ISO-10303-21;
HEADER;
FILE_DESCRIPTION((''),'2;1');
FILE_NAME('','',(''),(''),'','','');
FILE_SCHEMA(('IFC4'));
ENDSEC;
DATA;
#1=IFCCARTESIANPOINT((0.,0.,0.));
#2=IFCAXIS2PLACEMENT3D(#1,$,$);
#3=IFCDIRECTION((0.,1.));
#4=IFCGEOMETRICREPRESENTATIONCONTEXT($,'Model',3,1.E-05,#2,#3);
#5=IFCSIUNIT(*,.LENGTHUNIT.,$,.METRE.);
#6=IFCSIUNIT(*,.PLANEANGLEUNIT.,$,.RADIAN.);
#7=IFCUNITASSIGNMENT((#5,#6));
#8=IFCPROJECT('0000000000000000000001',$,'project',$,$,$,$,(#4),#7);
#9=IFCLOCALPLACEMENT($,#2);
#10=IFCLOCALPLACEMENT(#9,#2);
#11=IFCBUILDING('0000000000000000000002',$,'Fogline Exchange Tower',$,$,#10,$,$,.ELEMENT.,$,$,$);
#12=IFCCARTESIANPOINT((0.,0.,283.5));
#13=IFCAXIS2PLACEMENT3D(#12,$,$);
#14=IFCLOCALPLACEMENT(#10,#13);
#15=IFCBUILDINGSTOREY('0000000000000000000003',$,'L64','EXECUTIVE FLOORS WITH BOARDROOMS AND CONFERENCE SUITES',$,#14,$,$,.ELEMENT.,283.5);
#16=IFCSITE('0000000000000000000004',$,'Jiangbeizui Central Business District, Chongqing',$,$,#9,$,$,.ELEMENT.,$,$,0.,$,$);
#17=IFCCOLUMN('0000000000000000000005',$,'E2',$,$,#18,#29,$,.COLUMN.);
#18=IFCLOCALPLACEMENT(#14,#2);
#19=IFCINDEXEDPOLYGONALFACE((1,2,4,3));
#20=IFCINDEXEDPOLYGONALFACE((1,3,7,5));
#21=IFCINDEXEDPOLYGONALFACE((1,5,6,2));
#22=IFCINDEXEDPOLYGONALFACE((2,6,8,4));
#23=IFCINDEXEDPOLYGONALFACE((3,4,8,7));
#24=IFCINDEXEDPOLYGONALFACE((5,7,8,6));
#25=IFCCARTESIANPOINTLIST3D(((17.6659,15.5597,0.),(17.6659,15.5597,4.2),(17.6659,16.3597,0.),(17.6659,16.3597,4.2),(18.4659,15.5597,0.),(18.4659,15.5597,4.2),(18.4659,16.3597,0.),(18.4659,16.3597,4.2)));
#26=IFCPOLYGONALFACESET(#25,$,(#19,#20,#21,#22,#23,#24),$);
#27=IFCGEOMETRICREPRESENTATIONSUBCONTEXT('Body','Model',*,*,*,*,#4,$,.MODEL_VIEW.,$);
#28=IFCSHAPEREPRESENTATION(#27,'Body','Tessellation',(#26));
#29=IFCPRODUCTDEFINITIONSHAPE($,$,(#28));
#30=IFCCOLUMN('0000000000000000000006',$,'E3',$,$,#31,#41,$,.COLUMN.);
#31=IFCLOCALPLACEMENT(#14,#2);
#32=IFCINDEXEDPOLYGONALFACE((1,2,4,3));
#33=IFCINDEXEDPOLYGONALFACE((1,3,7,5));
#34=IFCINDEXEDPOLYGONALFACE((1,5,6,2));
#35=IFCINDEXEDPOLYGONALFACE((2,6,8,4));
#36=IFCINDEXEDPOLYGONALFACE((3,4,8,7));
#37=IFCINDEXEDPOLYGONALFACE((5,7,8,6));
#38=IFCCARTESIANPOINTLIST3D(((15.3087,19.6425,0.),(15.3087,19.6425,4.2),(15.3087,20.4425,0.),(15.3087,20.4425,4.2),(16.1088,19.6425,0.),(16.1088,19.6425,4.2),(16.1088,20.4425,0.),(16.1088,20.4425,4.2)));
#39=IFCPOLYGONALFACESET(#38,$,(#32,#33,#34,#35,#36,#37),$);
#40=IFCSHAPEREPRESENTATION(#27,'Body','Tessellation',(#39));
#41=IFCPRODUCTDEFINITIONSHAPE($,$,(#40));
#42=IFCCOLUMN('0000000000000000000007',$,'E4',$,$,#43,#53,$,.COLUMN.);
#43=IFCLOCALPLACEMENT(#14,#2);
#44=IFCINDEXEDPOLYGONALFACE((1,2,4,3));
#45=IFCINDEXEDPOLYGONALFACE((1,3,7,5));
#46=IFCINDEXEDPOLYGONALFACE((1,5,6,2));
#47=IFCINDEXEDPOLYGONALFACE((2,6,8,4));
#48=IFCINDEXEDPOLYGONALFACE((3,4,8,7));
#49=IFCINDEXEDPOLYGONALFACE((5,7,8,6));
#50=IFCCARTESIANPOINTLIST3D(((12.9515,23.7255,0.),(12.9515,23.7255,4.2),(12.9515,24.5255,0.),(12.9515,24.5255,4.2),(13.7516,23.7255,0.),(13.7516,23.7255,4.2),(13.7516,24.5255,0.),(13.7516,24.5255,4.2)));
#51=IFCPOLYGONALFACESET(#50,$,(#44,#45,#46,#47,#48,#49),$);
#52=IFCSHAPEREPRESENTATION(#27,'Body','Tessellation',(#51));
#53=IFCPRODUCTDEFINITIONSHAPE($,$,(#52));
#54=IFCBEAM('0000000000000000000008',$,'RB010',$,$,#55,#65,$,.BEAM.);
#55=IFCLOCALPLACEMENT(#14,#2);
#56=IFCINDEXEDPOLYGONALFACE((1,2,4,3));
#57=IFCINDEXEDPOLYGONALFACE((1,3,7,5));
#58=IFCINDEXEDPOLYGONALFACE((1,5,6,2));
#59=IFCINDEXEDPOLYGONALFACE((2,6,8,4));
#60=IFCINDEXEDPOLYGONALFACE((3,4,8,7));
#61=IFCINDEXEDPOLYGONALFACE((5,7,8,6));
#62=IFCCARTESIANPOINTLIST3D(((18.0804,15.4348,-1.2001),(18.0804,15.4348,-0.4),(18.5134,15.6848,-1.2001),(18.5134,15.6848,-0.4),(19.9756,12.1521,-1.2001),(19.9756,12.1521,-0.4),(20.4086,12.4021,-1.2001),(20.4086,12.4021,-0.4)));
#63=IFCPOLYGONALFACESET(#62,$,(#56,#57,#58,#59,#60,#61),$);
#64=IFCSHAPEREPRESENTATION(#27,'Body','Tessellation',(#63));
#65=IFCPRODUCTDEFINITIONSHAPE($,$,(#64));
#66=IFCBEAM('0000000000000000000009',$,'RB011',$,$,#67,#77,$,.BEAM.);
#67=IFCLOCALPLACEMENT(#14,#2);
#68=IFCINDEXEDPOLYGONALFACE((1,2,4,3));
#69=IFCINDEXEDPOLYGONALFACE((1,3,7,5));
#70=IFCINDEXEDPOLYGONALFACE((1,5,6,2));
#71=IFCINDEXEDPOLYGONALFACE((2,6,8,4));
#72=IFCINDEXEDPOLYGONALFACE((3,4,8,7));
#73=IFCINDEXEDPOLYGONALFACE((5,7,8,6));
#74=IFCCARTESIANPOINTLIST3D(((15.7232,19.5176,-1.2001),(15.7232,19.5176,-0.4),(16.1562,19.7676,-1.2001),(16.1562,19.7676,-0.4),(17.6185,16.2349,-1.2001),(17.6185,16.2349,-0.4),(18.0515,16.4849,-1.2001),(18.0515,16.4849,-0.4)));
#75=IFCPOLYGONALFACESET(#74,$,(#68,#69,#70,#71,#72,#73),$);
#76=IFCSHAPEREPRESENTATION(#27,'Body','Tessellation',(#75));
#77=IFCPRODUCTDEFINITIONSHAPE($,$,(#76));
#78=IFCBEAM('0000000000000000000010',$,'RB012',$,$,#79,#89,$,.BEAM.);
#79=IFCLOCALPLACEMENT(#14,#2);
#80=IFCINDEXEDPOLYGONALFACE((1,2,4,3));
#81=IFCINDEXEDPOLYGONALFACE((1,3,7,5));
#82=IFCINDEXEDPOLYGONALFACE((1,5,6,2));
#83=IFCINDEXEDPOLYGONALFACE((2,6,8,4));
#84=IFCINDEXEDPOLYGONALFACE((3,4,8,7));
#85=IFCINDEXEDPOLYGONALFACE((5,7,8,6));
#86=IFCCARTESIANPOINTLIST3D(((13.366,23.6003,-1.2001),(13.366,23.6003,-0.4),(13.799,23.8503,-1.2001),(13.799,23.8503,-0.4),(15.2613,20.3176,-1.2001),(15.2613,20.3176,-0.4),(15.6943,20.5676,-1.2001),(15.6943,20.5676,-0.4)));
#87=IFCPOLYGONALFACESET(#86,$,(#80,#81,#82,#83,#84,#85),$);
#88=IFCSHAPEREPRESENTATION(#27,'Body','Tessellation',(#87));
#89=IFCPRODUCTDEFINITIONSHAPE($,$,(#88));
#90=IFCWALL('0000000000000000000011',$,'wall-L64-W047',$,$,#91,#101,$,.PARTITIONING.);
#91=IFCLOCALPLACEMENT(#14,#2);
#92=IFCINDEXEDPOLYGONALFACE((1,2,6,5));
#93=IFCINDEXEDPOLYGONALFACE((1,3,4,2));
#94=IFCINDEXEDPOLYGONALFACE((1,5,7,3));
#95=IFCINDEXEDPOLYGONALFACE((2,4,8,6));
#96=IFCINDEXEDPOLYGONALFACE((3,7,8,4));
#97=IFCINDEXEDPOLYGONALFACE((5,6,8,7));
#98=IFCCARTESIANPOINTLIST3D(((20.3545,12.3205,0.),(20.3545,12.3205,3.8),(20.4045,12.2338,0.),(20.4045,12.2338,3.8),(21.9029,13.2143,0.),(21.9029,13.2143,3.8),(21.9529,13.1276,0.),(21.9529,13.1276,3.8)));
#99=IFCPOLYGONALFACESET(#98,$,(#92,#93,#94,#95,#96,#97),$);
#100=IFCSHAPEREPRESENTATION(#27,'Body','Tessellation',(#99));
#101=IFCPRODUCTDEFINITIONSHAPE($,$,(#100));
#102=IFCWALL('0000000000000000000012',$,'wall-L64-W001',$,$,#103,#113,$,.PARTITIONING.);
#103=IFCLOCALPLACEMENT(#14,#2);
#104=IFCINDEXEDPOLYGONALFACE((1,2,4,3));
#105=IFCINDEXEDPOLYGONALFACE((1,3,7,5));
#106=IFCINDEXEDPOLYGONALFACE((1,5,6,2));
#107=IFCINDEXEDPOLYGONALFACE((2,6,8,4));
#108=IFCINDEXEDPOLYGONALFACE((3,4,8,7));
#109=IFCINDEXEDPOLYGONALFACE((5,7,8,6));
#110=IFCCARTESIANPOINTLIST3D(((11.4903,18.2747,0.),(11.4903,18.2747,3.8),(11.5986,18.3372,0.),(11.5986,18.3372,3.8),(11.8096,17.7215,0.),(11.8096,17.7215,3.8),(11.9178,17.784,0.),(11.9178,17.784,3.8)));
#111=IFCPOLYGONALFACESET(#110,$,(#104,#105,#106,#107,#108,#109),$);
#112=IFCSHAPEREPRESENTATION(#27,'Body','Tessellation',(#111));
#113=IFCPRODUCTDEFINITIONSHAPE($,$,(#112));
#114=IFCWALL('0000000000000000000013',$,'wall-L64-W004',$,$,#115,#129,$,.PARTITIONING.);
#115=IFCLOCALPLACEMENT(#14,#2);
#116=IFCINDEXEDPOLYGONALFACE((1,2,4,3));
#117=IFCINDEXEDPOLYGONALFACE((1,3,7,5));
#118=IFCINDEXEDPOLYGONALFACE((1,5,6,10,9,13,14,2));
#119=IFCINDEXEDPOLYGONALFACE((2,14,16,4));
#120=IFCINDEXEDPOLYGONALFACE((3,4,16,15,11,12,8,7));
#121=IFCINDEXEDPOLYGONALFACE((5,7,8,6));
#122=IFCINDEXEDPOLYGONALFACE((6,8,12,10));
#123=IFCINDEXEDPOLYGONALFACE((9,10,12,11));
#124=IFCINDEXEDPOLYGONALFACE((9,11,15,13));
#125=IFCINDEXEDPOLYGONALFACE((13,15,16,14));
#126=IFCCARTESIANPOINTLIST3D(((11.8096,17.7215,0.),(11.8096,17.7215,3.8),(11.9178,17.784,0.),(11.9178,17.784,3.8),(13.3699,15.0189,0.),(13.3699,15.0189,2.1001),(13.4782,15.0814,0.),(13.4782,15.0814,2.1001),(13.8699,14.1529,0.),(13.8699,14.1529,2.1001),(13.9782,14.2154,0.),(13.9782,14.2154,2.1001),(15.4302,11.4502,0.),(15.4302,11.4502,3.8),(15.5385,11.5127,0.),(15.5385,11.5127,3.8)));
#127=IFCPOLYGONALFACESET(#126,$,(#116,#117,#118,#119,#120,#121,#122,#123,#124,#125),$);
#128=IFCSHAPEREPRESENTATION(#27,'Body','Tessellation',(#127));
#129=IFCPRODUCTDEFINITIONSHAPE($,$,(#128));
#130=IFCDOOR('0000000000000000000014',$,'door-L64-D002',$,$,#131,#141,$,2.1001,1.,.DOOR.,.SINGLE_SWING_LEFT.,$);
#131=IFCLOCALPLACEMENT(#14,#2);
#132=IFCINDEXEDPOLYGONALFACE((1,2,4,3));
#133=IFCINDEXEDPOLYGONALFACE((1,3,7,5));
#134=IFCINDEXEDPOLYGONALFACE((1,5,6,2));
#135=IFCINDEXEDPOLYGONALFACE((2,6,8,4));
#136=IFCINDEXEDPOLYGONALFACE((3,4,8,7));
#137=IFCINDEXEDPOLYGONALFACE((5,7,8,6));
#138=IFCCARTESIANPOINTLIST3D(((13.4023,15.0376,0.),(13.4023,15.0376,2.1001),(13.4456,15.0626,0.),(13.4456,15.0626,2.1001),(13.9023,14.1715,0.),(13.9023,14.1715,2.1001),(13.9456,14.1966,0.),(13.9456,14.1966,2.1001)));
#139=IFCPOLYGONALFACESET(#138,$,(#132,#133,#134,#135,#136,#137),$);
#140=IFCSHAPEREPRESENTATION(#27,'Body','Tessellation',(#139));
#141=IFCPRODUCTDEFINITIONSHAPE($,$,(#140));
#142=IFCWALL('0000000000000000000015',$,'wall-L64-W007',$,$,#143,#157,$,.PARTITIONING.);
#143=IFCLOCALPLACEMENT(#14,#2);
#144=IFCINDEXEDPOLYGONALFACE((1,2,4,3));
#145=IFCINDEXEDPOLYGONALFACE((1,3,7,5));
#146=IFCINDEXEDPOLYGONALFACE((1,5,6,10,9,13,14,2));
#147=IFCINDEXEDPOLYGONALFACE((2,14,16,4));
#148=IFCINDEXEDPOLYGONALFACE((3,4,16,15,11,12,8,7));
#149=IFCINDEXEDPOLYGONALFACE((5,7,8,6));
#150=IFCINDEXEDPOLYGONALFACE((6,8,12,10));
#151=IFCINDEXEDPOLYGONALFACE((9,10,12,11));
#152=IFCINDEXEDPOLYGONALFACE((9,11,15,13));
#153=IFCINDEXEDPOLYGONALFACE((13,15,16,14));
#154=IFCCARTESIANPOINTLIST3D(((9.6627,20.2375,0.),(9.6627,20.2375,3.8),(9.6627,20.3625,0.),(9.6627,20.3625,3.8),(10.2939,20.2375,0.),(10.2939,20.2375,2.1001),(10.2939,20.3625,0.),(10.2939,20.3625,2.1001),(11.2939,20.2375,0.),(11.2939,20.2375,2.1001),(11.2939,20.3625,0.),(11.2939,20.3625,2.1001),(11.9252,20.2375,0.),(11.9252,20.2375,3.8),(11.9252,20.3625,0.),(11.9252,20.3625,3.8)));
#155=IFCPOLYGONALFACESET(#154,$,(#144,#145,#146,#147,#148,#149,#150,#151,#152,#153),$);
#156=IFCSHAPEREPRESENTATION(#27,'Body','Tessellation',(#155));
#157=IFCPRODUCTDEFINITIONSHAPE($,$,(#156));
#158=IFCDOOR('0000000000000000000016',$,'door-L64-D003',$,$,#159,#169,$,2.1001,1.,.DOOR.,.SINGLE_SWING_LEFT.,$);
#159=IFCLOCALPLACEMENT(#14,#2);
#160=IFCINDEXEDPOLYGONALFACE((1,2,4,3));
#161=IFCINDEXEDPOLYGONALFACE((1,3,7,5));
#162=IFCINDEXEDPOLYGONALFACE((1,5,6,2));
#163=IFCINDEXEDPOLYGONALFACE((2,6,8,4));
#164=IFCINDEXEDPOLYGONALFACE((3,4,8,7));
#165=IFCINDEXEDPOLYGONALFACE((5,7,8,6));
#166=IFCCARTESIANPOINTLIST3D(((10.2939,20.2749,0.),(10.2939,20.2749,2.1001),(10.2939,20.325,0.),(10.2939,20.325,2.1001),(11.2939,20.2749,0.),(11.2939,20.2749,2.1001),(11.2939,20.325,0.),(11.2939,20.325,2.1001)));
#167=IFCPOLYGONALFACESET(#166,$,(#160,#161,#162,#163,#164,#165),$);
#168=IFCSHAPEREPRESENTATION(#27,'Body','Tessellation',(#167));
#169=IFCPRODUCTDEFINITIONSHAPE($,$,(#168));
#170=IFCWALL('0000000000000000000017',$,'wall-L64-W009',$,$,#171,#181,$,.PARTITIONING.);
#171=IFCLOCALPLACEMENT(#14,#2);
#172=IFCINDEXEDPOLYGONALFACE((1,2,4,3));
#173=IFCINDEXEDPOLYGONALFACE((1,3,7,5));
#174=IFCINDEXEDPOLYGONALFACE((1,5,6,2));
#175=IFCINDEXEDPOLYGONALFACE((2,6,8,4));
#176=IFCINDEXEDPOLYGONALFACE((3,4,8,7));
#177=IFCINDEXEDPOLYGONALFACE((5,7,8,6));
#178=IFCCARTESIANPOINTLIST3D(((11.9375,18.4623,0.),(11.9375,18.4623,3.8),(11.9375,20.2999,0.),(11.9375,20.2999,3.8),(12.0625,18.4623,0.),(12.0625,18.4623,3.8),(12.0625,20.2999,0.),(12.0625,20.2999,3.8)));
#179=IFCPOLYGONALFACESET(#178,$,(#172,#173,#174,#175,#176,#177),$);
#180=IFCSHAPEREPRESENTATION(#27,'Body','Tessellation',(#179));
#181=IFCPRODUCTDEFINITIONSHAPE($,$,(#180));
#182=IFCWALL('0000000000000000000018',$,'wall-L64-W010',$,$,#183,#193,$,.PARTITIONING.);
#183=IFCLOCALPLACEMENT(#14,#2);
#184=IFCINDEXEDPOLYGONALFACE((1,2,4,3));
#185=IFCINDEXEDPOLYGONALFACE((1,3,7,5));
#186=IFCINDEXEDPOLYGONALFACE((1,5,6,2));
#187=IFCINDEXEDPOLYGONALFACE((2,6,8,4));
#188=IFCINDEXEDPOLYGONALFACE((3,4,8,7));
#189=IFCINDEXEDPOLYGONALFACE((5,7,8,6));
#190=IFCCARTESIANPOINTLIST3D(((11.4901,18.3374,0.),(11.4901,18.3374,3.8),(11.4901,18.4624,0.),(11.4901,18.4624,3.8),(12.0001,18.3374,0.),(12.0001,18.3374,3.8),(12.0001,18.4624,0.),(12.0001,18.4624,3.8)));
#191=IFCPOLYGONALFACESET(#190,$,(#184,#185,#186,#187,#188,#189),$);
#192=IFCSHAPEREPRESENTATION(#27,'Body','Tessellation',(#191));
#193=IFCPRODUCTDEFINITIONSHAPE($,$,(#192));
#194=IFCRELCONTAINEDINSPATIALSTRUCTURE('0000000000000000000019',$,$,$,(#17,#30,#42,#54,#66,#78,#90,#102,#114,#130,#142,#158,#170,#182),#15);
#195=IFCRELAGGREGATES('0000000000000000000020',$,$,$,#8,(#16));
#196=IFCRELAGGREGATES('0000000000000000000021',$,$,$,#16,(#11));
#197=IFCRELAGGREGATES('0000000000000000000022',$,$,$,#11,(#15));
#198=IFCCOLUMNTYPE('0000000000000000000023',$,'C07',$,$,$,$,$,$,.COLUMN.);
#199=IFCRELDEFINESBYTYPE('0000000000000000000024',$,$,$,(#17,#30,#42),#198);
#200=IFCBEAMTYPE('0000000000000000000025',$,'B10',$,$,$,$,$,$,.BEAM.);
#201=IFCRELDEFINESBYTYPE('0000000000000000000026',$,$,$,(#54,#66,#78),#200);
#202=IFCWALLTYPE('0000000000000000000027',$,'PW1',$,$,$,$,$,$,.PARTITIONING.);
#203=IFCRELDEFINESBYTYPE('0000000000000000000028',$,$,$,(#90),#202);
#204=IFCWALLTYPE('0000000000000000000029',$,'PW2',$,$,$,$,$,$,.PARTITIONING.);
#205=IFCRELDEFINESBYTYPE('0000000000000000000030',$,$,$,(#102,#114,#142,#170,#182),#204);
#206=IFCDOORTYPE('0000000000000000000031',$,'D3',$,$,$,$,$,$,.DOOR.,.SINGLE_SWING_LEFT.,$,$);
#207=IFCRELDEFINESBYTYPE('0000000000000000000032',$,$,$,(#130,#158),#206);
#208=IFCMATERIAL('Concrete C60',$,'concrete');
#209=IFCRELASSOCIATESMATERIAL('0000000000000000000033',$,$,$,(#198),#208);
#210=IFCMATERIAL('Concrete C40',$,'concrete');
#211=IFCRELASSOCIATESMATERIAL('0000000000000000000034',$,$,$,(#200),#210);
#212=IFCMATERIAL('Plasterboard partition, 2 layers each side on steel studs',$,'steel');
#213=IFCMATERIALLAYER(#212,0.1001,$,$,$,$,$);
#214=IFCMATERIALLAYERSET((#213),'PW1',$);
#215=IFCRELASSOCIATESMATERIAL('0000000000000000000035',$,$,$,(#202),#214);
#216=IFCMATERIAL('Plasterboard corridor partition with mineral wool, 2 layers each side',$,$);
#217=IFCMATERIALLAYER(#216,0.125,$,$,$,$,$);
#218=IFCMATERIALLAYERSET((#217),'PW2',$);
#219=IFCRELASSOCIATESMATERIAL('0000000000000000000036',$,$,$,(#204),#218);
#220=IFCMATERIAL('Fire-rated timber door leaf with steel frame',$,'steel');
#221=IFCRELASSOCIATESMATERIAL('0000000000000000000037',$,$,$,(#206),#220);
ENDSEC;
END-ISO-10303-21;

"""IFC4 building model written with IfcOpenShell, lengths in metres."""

from ifc_helpers import new_model, si_unit, direction, frame, frame_2d, origin, origin_2d, place, context, subcontext, project, spatial, rectangle, extrude, material, layer, layer_set, material_profile, profile_set, type_object, element, fill, save


model = new_model("IFC4")

# Units and contexts
model_context = context("Model", 3, precision=1e-05, world=origin(), true_north=direction((0.0, 1.0)))
body_context = subcontext(model_context, "Body", "Model", "MODEL_VIEW")
ifc_project = project(units=[si_unit("LENGTHUNIT", "METRE"), si_unit("PLANEANGLEUNIT", "RADIAN")], contexts=[model_context])

# Site, building, storey
site_placement = place(None, origin())
site = spatial("IfcSite", under=ifc_project, at=site_placement, Name="Jiangbeizui Central Business District, Chongqing", CompositionType="ELEMENT", RefElevation=0.0)
building_placement = place(site_placement, origin())
building = spatial("IfcBuilding", under=site, at=building_placement, Name="Fogline Exchange Tower", CompositionType="ELEMENT")
storey_placement = place(building_placement, frame((0.0, 0.0, 283.5)))
storey = spatial("IfcBuildingStorey", under=building, at=storey_placement, Name="L64", Description="EXECUTIVE FLOORS WITH BOARDROOMS AND CONFERENCE SUITES", CompositionType="ELEMENT", Elevation=283.5)

# Columns
ifc_material_1 = material(Name="Concrete C60", Category="concrete")
ifc_material_profile_1 = material_profile(ifc_material_1, rectangle(XDim=0.8, YDim=0.8, at=origin_2d()), Name="RC 800x800")
ifc_profile_set_1 = profile_set([ifc_material_profile_1], Name="Concrete C60")
column_type = type_object("IfcColumnType", Name="C07", PredefinedType="COLUMN", material=ifc_profile_set_1)
for number, where, z_axis, x_axis, name in (
    (1, (18.0659, 15.9597, 0.0), (0.0, 0.0, 1.0), (1.0, 0.0, 0.0), "E2"),
    (2, (15.7087, 20.0425, 0.0), (0.0, 0.0, 1.0), (1.0, 0.0, 0.0), "E3"),
    (3, (13.3516, 24.1255, 0.0), (0.0, 0.0, 1.0), (1.0, 0.0, 0.0), "E4"),
):
    element("IfcColumn", number, at=place(storey_placement, frame(where, z_axis=z_axis, x_axis=x_axis)), inside=storey, type_object=column_type, Name=name, PredefinedType="COLUMN", context=body_context, shape_type="SweptSolid", body=[
        extrude(rectangle(XDim=0.8, YDim=0.8, at=origin_2d()), origin(), (0.0, 0.0, 1.0), 4.2),
    ])

# Beams
ifc_material_2 = material(Name="Concrete C40", Category="concrete")
ifc_material_profile_2 = material_profile(ifc_material_2, rectangle(XDim=0.5, YDim=0.8, at=origin_2d()), Name="RC 500x800")
ifc_profile_set_2 = profile_set([ifc_material_profile_2], Name="Concrete C40")
beam_type = type_object("IfcBeamType", Name="B10", PredefinedType="BEAM", material=ifc_profile_set_2)
for number, where, z_axis, x_axis, name in (
    (4, (20.1921, 12.2771, -0.8), (-0.499998, 0.866027, 0.0), (-0.866027, -0.499998, 0.0), "RB010"),
    (5, (17.835, 16.3599, -0.8), (-0.499998, 0.866027, 0.0), (-0.866027, -0.499998, 0.0), "RB011"),
    (6, (15.4778, 20.4426, -0.8), (-0.499998, 0.866027, 0.0), (-0.866027, -0.499998, 0.0), "RB012"),
):
    element("IfcBeam", number, at=place(storey_placement, frame(where, z_axis=z_axis, x_axis=x_axis)), inside=storey, type_object=beam_type, Name=name, PredefinedType="BEAM", context=body_context, shape_type="SweptSolid", body=[
        extrude(rectangle(XDim=0.5, YDim=0.8, at=origin_2d()), origin(), (0.0, 0.0, 1.0), 3.7905),
    ])

# Walls
ifc_material_3 = material(Name="Plasterboard partition, 2 layers each side on steel studs", Category="steel")
ifc_layer_1 = layer(ifc_material_3, 0.1001)
ifc_layer_set_1 = layer_set([ifc_layer_1], Name="PW1")
wall_type_1 = type_object("IfcWallType", Name="PW1", PredefinedType="PARTITIONING", material=ifc_layer_set_1)
wall_1_placement = place(storey_placement, frame((20.3794, 12.2771, 0.0), z_axis=(0.0, 0.0, 1.0), x_axis=(0.866058, 0.499943, 0.0)))
element("IfcWall", 7, at=wall_1_placement, inside=storey, type_object=wall_type_1, Name="wall-L64-W047", PredefinedType="PARTITIONING", context=body_context, shape_type="SweptSolid", body=[
    extrude(rectangle(XDim=1.7878, YDim=0.1001, at=frame_2d((0.894, 0.0))), origin(), (0.0, 0.0, 1.0), 3.8),
])
ifc_material_4 = material(Name="Plasterboard corridor partition with mineral wool, 2 layers each side")
ifc_layer_2 = layer(ifc_material_4, 0.125)
ifc_layer_set_2 = layer_set([ifc_layer_2], Name="PW2")
wall_type_2 = type_object("IfcWallType", Name="PW2", PredefinedType="PARTITIONING", material=ifc_layer_set_2)
wall_2_placement = place(storey_placement, frame((11.5444, 18.3059, 0.0), z_axis=(0.0, 0.0, 1.0), x_axis=(0.499921, -0.866071, 0.0)))
element("IfcWall", 8, at=wall_2_placement, inside=storey, type_object=wall_type_2, Name="wall-L64-W001", PredefinedType="PARTITIONING", context=body_context, shape_type="SweptSolid", body=[
    extrude(rectangle(XDim=0.6387, YDim=0.125, at=frame_2d((0.3193, 0.0))), origin(), (0.0, 0.0, 1.0), 3.8),
])

# Walls, openings, doors
wall_3_placement = place(storey_placement, frame((11.8638, 17.7527, 0.0), z_axis=(0.0, 0.0, 1.0), x_axis=(0.49999, -0.866031, 0.0)))
wall_3 = element("IfcWall", 9, at=wall_3_placement, inside=storey, type_object=wall_type_2, Name="wall-L64-W004", PredefinedType="PARTITIONING", context=body_context, shape_type="SweptSolid", body=[
    extrude(rectangle(XDim=7.2415, YDim=0.125, at=frame_2d((3.6206, 0.0))), origin(), (0.0, 0.0, 1.0), 3.8),
])
opening_1_placement = place(wall_3_placement, frame((3.1206, 0.0, 0.0)))
opening_1 = element("IfcOpeningElement", 10, at=opening_1_placement, cuts=wall_3, PredefinedType="OPENING", context=body_context, shape_type="SweptSolid", body=[
    extrude(rectangle(XDim=1.0, YDim=2.1001, at=frame_2d((0.5, 1.05))), frame((0.0, 0.0725, 0.0), z_axis=(0.0, -1.0, 0.0), x_axis=(1.0, 0.0, 0.0)), (0.0, 0.0, 1.0), 0.145),
])
ifc_material_5 = material(Name="Fire-rated timber door leaf with steel frame", Category="steel")
door_type = type_object("IfcDoorType", Name="D3", OperationType="SINGLE_SWING_LEFT", PredefinedType="DOOR", material=ifc_material_5)
door_1_placement = place(opening_1_placement, origin())
door_1 = element("IfcDoor", 11, at=door_1_placement, inside=storey, type_object=door_type, Name="door-L64-D002", OperationType="SINGLE_SWING_LEFT", OverallHeight=2.1001, OverallWidth=1.0, PredefinedType="DOOR", context=body_context, shape_type="SweptSolid", body=[
    extrude(rectangle(XDim=1.0, YDim=2.1001, at=frame_2d((0.5, 1.05))), frame((0.0, 0.0249, 0.0), z_axis=(0.0, -1.0, 0.0), x_axis=(1.0, 0.0, 0.0)), (0.0, 0.0, 1.0), 0.05),
])
fill(opening_1, door_1)
wall_4_placement = place(storey_placement, frame((9.6626, 20.3, 0.0), z_axis=(0.0, 0.0, 1.0), x_axis=(1.0, 0.0, 0.0)))
wall_4 = element("IfcWall", 12, at=wall_4_placement, inside=storey, type_object=wall_type_2, Name="wall-L64-W007", PredefinedType="PARTITIONING", context=body_context, shape_type="SweptSolid", body=[
    extrude(rectangle(XDim=2.2625, YDim=0.125, at=frame_2d((1.1313, 0.0))), origin(), (0.0, 0.0, 1.0), 3.8),
])
opening_2_placement = place(wall_4_placement, frame((0.6313, 0.0, 0.0)))
opening_2 = element("IfcOpeningElement", 13, at=opening_2_placement, cuts=wall_4, PredefinedType="OPENING", context=body_context, shape_type="SweptSolid", body=[
    extrude(rectangle(XDim=1.0, YDim=2.1001, at=frame_2d((0.5, 1.05))), frame((0.0, 0.0725, 0.0), z_axis=(0.0, -1.0, 0.0), x_axis=(1.0, 0.0, 0.0)), (0.0, 0.0, 1.0), 0.145),
])
door_2_placement = place(opening_2_placement, origin())
door_2 = element("IfcDoor", 14, at=door_2_placement, inside=storey, type_object=door_type, Name="door-L64-D003", OperationType="SINGLE_SWING_LEFT", OverallHeight=2.1001, OverallWidth=1.0, PredefinedType="DOOR", context=body_context, shape_type="SweptSolid", body=[
    extrude(rectangle(XDim=1.0, YDim=2.1001, at=frame_2d((0.5, 1.05))), frame((0.0, 0.0249, 0.0), z_axis=(0.0, -1.0, 0.0), x_axis=(1.0, 0.0, 0.0)), (0.0, 0.0, 1.0), 0.05),
])
fill(opening_2, door_2)

# Walls
wall_5_placement = place(storey_placement, frame((12.0, 20.3, 0.0), z_axis=(0.0, 0.0, 1.0), x_axis=(0.0, -1.0, 0.0)))
element("IfcWall", 15, at=wall_5_placement, inside=storey, type_object=wall_type_2, Name="wall-L64-W009", PredefinedType="PARTITIONING", context=body_context, shape_type="SweptSolid", body=[
    extrude(rectangle(XDim=1.8376, YDim=0.125, at=frame_2d((0.9189, 0.0))), origin(), (0.0, 0.0, 1.0), 3.8),
])
wall_6_placement = place(storey_placement, frame((12.0, 18.3999, 0.0), z_axis=(0.0, 0.0, 1.0), x_axis=(-1.0, 0.0, 0.0)))
element("IfcWall", 16, at=wall_6_placement, inside=storey, type_object=wall_type_2, Name="wall-L64-W010", PredefinedType="PARTITIONING", context=body_context, shape_type="SweptSolid", body=[
    extrude(rectangle(XDim=0.51, YDim=0.125, at=frame_2d((0.2549, 0.0))), origin(), (0.0, 0.0, 1.0), 3.8),
])

save(model, "model.ifc")
